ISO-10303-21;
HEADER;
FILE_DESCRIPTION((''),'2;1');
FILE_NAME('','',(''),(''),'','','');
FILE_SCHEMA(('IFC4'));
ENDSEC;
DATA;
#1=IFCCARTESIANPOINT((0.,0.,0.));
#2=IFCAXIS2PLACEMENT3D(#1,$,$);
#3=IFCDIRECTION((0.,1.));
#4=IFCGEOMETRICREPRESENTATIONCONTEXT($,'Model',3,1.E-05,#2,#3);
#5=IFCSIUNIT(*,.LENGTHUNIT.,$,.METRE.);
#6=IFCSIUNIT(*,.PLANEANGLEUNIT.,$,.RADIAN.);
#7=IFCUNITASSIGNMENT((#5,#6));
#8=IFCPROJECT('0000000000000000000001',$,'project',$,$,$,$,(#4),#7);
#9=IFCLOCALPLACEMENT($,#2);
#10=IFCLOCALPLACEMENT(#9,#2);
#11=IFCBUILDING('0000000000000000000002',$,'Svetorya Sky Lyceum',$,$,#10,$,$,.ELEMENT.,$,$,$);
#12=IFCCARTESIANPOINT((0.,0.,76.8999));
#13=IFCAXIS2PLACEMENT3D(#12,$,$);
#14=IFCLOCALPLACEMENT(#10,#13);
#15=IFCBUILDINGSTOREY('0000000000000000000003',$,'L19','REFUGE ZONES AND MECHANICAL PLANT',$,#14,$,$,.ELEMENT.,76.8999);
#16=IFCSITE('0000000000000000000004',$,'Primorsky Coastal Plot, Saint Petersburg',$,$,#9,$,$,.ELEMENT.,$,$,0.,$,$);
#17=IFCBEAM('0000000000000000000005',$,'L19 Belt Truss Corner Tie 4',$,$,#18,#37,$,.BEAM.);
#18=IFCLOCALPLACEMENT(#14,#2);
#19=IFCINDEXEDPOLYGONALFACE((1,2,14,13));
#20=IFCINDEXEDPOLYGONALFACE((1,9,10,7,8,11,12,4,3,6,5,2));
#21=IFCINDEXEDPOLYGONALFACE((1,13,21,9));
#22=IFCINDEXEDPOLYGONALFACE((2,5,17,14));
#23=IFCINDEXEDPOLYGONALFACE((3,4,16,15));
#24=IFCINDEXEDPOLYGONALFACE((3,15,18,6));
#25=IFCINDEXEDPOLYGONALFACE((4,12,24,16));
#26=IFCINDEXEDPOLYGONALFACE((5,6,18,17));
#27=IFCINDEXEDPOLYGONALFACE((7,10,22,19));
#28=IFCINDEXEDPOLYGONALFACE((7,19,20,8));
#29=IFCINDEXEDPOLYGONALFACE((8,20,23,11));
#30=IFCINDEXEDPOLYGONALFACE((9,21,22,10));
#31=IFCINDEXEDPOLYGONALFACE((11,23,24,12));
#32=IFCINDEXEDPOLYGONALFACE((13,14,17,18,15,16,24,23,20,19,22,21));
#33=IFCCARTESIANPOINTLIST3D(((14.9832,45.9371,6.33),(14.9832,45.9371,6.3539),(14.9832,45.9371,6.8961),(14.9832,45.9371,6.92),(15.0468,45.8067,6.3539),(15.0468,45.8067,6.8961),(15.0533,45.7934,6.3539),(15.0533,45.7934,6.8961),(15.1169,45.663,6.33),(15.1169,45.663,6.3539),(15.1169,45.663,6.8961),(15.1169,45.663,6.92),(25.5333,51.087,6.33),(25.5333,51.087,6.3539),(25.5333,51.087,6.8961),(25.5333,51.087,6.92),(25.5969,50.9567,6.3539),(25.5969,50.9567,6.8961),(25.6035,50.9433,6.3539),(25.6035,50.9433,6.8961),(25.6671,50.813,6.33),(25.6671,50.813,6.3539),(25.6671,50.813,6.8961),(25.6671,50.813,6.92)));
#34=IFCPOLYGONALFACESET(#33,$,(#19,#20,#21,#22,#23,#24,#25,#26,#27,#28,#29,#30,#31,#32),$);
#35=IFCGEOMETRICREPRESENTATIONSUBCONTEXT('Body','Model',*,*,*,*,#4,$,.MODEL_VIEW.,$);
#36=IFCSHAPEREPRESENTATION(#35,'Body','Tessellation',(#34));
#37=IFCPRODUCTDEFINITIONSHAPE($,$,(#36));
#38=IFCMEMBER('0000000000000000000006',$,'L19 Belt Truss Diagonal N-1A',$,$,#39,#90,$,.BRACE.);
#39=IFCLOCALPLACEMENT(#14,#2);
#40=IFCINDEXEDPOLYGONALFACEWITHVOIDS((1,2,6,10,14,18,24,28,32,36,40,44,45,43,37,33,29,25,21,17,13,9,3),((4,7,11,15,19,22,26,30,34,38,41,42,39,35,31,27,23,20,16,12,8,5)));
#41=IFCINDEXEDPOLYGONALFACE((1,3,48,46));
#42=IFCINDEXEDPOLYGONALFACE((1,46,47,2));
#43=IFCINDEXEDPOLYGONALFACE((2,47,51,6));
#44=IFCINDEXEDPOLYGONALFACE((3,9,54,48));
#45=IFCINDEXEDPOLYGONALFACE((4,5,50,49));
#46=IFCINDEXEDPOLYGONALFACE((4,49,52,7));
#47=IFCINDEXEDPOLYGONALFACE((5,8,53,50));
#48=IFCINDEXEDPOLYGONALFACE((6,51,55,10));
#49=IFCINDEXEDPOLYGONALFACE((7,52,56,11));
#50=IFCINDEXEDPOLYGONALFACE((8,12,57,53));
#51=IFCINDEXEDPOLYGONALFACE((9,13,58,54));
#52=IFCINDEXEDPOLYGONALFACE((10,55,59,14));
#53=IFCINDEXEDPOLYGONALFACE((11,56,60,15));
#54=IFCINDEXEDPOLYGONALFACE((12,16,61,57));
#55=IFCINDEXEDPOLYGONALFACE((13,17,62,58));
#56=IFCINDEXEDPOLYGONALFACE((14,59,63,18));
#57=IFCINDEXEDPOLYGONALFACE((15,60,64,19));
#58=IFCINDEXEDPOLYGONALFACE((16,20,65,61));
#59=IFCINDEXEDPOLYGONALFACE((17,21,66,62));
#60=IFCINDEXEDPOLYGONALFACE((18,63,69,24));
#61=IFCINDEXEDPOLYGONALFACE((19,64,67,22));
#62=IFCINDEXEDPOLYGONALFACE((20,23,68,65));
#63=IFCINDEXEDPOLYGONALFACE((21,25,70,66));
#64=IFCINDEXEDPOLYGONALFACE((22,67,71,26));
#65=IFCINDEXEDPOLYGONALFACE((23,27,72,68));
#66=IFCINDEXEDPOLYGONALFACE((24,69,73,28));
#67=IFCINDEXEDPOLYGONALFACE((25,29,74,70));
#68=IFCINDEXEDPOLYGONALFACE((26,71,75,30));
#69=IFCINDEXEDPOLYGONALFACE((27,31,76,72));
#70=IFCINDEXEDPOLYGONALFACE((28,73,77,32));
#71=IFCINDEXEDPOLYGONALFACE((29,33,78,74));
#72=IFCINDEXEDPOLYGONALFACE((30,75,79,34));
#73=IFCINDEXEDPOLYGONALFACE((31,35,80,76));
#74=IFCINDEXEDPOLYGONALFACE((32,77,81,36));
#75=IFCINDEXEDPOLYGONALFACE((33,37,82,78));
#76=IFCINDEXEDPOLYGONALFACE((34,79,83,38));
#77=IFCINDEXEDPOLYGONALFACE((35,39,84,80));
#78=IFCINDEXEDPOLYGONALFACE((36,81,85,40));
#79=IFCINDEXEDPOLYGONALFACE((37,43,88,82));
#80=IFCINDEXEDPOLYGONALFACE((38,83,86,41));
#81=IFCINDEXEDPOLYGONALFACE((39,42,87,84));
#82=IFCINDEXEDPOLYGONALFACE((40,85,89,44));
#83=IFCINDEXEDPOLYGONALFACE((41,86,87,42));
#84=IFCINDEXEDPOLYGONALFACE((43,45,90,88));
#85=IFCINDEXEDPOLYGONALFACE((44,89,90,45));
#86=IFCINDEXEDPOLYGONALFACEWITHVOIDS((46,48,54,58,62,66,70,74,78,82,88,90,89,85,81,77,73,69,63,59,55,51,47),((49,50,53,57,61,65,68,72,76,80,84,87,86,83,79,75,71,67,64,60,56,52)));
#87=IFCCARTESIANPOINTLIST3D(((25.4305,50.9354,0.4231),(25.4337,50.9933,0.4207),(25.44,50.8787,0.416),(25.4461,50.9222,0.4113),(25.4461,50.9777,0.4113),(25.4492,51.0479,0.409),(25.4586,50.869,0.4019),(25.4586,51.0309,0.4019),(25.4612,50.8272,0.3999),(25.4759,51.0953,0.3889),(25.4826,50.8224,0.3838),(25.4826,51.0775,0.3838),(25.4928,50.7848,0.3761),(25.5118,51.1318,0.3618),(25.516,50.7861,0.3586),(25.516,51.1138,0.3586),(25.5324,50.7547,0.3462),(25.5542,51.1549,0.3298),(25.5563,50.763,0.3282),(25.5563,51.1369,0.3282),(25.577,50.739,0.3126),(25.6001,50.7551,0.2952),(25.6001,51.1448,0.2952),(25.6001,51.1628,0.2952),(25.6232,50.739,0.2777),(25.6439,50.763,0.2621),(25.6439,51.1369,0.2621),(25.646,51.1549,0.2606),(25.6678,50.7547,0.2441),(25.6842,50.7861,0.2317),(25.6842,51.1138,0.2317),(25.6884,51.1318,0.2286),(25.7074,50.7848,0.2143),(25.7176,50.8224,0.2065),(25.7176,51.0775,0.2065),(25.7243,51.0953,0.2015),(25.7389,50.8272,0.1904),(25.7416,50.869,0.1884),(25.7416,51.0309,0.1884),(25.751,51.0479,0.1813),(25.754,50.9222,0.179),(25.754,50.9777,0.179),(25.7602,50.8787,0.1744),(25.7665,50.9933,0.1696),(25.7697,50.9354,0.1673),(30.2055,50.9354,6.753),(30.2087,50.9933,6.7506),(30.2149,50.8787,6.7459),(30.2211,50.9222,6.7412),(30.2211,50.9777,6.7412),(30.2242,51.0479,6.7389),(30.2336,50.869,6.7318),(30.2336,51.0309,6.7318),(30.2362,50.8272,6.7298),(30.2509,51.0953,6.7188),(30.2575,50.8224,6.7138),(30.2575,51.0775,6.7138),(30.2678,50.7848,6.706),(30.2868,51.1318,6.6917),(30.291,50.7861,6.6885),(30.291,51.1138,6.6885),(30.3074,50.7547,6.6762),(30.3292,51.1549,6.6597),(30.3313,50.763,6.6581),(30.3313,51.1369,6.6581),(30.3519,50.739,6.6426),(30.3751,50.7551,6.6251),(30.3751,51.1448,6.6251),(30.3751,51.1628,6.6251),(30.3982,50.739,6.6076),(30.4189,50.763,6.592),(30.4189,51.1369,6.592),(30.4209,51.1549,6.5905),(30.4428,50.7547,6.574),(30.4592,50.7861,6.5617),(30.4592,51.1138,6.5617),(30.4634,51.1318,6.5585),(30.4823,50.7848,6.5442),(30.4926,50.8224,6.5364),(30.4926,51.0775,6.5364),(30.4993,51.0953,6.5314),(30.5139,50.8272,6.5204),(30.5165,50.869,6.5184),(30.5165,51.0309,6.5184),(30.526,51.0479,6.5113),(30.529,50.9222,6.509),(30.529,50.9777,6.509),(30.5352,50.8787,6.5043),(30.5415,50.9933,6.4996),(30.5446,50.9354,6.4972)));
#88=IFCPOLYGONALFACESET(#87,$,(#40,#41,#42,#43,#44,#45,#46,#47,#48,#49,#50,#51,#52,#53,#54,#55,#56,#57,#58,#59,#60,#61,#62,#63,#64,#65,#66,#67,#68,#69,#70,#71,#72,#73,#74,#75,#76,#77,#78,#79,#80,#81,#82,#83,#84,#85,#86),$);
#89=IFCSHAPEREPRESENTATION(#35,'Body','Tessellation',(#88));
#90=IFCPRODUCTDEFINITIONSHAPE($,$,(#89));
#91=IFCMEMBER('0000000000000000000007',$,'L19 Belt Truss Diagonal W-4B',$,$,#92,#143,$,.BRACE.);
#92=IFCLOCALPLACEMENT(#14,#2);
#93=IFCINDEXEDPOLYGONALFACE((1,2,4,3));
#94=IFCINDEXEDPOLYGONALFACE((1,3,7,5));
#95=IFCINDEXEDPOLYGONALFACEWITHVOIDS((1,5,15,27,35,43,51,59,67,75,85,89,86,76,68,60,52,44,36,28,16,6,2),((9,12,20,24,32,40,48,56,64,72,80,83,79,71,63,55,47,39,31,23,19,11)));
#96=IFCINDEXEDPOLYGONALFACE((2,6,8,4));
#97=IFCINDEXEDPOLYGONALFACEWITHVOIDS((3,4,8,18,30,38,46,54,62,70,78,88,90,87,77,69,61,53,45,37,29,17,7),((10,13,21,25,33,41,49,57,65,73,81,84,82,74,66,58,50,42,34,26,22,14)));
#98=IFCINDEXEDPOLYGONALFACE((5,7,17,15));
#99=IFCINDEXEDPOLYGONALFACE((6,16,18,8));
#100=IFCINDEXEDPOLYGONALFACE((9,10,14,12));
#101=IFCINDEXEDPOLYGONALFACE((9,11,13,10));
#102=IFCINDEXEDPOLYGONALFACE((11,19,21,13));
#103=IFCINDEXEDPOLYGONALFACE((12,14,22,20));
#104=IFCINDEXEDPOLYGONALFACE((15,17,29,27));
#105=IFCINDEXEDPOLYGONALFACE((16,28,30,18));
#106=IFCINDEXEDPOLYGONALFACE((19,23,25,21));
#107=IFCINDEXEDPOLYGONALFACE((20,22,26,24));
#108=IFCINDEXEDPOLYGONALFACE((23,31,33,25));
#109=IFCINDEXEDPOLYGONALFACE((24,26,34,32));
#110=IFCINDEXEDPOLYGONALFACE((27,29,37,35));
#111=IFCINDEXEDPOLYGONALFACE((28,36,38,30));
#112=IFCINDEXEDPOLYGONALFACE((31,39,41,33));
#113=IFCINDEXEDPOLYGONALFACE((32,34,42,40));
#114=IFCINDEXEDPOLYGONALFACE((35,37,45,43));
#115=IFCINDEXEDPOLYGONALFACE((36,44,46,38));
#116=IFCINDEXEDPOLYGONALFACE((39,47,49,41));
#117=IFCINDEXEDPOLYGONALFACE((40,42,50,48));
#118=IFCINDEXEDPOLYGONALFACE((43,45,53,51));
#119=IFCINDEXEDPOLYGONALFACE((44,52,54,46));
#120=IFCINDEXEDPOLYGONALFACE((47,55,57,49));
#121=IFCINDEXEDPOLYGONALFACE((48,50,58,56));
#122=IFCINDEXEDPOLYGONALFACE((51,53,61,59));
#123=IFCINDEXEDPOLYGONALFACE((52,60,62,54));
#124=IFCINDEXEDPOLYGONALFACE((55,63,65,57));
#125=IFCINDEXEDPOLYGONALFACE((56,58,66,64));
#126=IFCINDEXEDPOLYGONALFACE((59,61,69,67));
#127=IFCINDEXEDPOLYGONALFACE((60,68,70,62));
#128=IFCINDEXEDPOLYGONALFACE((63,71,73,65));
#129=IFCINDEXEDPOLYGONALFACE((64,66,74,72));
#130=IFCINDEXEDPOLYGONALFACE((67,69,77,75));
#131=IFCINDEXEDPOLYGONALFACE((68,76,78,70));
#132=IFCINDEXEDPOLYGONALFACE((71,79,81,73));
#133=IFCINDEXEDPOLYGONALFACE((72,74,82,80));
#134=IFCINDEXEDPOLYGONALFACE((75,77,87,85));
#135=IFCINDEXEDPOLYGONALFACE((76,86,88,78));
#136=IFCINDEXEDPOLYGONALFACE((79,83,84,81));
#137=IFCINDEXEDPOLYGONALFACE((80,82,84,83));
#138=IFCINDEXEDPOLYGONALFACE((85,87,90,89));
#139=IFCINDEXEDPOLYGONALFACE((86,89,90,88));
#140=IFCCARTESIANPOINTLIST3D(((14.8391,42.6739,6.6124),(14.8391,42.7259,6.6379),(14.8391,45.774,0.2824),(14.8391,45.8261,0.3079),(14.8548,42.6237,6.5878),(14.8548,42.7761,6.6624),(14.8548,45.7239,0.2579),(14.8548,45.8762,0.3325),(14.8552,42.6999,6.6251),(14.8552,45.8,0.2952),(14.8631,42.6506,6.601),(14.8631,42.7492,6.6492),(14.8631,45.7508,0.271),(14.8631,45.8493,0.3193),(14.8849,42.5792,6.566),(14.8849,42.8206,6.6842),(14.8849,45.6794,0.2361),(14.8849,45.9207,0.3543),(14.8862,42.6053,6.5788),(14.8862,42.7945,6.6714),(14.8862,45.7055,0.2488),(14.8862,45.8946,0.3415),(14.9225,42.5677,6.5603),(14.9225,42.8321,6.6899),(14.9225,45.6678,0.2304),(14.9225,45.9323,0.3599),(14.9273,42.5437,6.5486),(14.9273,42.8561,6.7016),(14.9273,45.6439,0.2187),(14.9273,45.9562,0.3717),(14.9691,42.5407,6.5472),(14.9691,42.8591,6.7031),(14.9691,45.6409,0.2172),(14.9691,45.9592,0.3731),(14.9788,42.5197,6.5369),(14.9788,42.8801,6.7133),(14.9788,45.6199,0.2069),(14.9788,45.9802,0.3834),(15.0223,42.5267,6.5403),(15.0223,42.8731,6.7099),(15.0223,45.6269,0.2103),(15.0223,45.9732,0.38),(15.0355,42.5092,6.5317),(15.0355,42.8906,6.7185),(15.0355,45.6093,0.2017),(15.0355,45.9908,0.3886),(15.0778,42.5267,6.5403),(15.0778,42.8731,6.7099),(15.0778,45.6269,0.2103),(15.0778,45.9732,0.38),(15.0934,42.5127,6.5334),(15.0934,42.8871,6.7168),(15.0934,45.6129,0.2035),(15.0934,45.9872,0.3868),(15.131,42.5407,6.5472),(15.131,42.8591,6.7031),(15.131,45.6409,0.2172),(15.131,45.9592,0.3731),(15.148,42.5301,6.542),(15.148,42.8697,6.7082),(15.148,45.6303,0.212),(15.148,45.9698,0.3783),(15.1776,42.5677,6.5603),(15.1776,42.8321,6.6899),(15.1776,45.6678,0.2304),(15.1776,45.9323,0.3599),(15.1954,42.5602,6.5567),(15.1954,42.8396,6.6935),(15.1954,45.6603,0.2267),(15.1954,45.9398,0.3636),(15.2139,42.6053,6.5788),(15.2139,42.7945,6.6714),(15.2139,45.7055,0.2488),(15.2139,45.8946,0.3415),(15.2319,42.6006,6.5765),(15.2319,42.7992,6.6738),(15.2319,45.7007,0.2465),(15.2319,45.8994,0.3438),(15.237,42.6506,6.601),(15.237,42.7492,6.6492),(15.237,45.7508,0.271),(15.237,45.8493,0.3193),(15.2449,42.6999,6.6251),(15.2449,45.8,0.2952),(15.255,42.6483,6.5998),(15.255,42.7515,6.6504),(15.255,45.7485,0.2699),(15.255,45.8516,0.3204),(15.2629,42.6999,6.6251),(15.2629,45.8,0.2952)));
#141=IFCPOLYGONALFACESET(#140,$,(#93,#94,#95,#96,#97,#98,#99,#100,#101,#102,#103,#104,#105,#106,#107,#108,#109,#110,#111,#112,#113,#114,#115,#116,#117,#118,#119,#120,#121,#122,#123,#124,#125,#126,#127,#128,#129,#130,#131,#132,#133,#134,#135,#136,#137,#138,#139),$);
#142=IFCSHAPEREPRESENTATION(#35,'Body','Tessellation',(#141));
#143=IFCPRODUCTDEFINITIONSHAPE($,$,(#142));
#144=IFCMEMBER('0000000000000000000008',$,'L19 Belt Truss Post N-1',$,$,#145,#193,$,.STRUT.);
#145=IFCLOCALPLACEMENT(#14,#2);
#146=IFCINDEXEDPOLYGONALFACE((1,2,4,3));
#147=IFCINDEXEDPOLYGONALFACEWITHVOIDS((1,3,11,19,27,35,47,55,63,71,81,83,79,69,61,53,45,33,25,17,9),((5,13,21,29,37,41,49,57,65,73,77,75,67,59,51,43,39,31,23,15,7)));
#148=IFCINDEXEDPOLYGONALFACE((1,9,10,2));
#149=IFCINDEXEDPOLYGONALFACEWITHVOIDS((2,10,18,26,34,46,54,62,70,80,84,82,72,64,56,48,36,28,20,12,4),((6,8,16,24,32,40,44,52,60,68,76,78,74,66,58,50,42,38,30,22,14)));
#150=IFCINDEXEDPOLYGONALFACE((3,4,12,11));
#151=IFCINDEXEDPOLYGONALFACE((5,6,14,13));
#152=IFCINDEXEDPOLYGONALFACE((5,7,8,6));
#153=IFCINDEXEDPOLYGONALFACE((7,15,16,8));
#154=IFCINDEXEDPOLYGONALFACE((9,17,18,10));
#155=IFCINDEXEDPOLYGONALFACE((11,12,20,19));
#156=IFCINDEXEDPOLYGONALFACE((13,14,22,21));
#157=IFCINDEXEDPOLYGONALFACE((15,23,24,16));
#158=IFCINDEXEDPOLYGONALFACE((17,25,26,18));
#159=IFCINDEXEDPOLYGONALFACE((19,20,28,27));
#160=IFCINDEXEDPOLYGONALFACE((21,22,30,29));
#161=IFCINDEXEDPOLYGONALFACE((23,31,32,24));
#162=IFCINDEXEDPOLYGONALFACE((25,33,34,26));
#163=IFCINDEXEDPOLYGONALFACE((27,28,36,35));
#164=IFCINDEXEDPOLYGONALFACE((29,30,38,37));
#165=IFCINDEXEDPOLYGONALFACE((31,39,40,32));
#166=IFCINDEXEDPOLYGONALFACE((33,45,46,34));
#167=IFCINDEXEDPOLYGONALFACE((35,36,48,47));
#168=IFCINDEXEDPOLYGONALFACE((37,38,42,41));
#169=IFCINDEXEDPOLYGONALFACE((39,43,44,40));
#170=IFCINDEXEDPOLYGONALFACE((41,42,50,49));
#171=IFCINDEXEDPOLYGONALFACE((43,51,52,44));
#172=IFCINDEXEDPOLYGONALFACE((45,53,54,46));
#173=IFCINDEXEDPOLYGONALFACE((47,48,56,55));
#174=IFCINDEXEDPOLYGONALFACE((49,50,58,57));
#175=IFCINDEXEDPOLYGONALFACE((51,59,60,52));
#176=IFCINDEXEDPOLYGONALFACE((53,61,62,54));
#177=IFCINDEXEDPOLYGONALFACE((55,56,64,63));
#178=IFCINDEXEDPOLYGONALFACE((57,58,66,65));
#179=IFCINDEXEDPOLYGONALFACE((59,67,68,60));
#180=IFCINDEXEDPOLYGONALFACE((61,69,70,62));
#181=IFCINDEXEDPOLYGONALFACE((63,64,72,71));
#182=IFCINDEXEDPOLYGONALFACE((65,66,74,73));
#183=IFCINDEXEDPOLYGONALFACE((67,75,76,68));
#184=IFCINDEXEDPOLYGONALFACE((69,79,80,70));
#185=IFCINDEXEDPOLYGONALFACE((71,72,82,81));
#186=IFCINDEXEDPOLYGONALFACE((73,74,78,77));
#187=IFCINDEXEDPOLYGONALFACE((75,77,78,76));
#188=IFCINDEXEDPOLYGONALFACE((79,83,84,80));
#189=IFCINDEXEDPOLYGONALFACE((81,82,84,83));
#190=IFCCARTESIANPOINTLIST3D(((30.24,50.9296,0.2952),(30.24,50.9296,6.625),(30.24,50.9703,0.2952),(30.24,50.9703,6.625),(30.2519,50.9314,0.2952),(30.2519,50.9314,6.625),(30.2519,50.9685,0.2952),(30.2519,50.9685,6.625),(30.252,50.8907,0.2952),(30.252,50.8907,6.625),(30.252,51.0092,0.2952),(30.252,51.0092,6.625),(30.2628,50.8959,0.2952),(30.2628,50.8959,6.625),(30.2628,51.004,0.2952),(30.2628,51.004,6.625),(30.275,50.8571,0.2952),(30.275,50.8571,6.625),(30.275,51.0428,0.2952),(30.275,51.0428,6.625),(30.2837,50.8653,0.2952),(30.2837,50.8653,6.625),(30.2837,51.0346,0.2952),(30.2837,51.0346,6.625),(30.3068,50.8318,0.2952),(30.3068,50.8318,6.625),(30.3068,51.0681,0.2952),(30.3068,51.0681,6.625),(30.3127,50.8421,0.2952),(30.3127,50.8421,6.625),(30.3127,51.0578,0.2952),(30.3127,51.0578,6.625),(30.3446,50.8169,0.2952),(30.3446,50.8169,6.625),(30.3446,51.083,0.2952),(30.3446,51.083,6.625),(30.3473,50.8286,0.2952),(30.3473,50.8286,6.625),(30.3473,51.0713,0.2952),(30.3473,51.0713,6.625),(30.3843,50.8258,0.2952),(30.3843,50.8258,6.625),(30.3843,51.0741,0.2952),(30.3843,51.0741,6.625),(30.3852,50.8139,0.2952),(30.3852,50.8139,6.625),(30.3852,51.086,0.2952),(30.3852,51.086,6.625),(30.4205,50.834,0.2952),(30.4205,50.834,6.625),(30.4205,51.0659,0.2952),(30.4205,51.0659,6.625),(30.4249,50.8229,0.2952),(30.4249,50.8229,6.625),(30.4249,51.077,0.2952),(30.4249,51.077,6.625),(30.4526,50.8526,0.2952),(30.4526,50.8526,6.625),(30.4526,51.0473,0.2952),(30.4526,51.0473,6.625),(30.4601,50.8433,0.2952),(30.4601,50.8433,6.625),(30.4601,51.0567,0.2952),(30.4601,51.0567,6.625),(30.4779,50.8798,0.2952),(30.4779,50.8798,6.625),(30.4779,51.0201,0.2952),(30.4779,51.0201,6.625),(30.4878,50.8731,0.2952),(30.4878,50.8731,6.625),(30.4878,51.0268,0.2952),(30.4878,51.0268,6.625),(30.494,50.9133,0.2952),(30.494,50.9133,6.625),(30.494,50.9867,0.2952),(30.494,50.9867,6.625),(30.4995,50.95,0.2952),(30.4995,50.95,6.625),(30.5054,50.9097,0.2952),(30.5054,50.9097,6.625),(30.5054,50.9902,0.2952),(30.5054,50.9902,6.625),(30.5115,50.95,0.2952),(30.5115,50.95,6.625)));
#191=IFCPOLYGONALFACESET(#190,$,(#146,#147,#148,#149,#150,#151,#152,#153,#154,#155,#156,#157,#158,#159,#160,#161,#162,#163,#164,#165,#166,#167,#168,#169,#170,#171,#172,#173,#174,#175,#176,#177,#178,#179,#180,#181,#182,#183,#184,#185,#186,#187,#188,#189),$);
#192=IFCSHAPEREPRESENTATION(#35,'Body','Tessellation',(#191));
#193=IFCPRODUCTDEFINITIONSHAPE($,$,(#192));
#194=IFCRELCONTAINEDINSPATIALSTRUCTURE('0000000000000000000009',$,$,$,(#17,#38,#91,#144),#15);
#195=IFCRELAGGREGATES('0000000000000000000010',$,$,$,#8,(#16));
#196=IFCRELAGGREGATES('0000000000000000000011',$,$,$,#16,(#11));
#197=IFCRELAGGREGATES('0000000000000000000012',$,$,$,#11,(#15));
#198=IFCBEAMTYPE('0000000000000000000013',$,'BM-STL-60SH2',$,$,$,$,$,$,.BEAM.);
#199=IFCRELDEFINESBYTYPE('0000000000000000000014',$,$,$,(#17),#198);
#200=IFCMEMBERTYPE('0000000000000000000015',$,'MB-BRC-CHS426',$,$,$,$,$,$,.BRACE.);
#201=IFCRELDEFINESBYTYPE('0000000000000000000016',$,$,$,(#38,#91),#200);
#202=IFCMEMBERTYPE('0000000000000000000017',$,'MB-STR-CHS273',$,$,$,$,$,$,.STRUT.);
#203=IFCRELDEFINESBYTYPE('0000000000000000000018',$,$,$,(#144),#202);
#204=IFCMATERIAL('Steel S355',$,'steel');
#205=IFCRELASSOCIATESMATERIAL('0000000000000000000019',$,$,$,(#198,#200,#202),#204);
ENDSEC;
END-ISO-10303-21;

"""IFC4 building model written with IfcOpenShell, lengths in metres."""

from ifc_helpers import new_model, si_unit, direction, frame, origin, origin_2d, place, context, subcontext, project, spatial, hollow_circle, i_section, extrude, material, material_profile, profile_set, type_object, element, save


model = new_model("IFC4")

# Units and contexts
model_context = context("Model", 3, precision=1e-05, world=origin(), true_north=direction((0.0, 1.0)))
body_context = subcontext(model_context, "Body", "Model", "MODEL_VIEW")
ifc_project = project(units=[si_unit("LENGTHUNIT", "METRE"), si_unit("PLANEANGLEUNIT", "RADIAN")], contexts=[model_context])

# Site, building, storey
site_placement = place(None, origin())
site = spatial("IfcSite", under=ifc_project, at=site_placement, Name="Primorsky Coastal Plot, Saint Petersburg", CompositionType="ELEMENT", RefElevation=0.0)
building_placement = place(site_placement, origin())
building = spatial("IfcBuilding", under=site, at=building_placement, Name="Svetorya Sky Lyceum", CompositionType="ELEMENT")
storey_placement = place(building_placement, frame((0.0, 0.0, 76.8999)))
storey = spatial("IfcBuildingStorey", under=building, at=storey_placement, Name="L19", Description="REFUGE ZONES AND MECHANICAL PLANT", CompositionType="ELEMENT", Elevation=76.8999)

# Beam
ifc_material_1 = material(Name="Steel S355", Category="steel")
ifc_material_profile_1 = material_profile(ifc_material_1, i_section(OverallWidth=0.3049, OverallDepth=0.5901, WebThickness=0.0149, FlangeThickness=0.0239, at=origin_2d()), Name="GOST 60Sh2")
ifc_profile_set_1 = profile_set([ifc_material_profile_1], Name="Steel S355")
beam_type_1 = type_object("IfcBeamType", Name="BM-STL-60SH2", PredefinedType="BEAM", material=ifc_profile_set_1)
beam_1_placement = place(storey_placement, frame((15.05, 45.8, 6.625), z_axis=(0.89865, 0.438667, 0.0), x_axis=(-0.438667, 0.89865, 0.0)))
element("IfcBeam", 1, at=beam_1_placement, inside=storey, type_object=beam_type_1, Name="L19 Belt Truss Corner Tie 4", PredefinedType="BEAM", context=body_context, shape_type="SweptSolid", body=[
    extrude(i_section(OverallWidth=0.3049, OverallDepth=0.5901, WebThickness=0.0149, FlangeThickness=0.0239, at=origin_2d()), origin(), (0.0, 0.0, 1.0), 11.74),
])

# Members
ifc_material_profile_2 = material_profile(ifc_material_1, hollow_circle(Radius=0.2129, WallThickness=0.0181, at=origin_2d()), Name="CHS 426x18")
ifc_profile_set_2 = profile_set([ifc_material_profile_2], Name="Steel S355")
member_type_1 = type_object("IfcMemberType", Name="MB-BRC-CHS426", PredefinedType="BRACE", material=ifc_profile_set_2)
member_1_placement = place(storey_placement, frame((25.6001, 50.95, 0.2952), z_axis=(0.60222, 0.0, 0.79833), x_axis=(0.0, 1.0, 0.0)))
element("IfcMember", 2, at=member_1_placement, inside=storey, type_object=member_type_1, Name="L19 Belt Truss Diagonal N-1A", PredefinedType="BRACE", context=body_context, shape_type="SweptSolid", body=[
    extrude(hollow_circle(Radius=0.2129, WallThickness=0.0181, at=origin_2d()), origin(), (0.0, 0.0, 1.0), 7.929),
])
member_2_placement = place(storey_placement, frame((15.05, 45.8, 0.2952), z_axis=(0.0, -0.439841, 0.898076), x_axis=(1.0, 0.0, 0.0)))
element("IfcMember", 3, at=member_2_placement, inside=storey, type_object=member_type_1, Name="L19 Belt Truss Diagonal W-4B", PredefinedType="BRACE", context=body_context, shape_type="SweptSolid", body=[
    extrude(hollow_circle(Radius=0.2129, WallThickness=0.0181, at=origin_2d()), origin(), (0.0, 0.0, 1.0), 7.0483),
])
ifc_material_profile_3 = material_profile(ifc_material_1, hollow_circle(Radius=0.1365, WallThickness=0.012, at=origin_2d()), Name="CHS 273x12")
ifc_profile_set_3 = profile_set([ifc_material_profile_3], Name="Steel S355")
member_type_2 = type_object("IfcMemberType", Name="MB-STR-CHS273", PredefinedType="STRUT", material=ifc_profile_set_3)
for number, where, z_axis, x_axis, name in (
    (4, (30.375, 50.95, 0.2952), (0.0, 0.0, 1.0), (1.0, 0.0, 0.0), "L19 Belt Truss Post N-1"),
):
    element("IfcMember", number, at=place(storey_placement, frame(where, z_axis=z_axis, x_axis=x_axis)), inside=storey, type_object=member_type_2, Name=name, PredefinedType="STRUT", context=body_context, shape_type="SweptSolid", body=[
        extrude(hollow_circle(Radius=0.1365, WallThickness=0.012, at=origin_2d()), origin(), (0.0, 0.0, 1.0), 6.3298),
    ])

save(model, "model.ifc")
